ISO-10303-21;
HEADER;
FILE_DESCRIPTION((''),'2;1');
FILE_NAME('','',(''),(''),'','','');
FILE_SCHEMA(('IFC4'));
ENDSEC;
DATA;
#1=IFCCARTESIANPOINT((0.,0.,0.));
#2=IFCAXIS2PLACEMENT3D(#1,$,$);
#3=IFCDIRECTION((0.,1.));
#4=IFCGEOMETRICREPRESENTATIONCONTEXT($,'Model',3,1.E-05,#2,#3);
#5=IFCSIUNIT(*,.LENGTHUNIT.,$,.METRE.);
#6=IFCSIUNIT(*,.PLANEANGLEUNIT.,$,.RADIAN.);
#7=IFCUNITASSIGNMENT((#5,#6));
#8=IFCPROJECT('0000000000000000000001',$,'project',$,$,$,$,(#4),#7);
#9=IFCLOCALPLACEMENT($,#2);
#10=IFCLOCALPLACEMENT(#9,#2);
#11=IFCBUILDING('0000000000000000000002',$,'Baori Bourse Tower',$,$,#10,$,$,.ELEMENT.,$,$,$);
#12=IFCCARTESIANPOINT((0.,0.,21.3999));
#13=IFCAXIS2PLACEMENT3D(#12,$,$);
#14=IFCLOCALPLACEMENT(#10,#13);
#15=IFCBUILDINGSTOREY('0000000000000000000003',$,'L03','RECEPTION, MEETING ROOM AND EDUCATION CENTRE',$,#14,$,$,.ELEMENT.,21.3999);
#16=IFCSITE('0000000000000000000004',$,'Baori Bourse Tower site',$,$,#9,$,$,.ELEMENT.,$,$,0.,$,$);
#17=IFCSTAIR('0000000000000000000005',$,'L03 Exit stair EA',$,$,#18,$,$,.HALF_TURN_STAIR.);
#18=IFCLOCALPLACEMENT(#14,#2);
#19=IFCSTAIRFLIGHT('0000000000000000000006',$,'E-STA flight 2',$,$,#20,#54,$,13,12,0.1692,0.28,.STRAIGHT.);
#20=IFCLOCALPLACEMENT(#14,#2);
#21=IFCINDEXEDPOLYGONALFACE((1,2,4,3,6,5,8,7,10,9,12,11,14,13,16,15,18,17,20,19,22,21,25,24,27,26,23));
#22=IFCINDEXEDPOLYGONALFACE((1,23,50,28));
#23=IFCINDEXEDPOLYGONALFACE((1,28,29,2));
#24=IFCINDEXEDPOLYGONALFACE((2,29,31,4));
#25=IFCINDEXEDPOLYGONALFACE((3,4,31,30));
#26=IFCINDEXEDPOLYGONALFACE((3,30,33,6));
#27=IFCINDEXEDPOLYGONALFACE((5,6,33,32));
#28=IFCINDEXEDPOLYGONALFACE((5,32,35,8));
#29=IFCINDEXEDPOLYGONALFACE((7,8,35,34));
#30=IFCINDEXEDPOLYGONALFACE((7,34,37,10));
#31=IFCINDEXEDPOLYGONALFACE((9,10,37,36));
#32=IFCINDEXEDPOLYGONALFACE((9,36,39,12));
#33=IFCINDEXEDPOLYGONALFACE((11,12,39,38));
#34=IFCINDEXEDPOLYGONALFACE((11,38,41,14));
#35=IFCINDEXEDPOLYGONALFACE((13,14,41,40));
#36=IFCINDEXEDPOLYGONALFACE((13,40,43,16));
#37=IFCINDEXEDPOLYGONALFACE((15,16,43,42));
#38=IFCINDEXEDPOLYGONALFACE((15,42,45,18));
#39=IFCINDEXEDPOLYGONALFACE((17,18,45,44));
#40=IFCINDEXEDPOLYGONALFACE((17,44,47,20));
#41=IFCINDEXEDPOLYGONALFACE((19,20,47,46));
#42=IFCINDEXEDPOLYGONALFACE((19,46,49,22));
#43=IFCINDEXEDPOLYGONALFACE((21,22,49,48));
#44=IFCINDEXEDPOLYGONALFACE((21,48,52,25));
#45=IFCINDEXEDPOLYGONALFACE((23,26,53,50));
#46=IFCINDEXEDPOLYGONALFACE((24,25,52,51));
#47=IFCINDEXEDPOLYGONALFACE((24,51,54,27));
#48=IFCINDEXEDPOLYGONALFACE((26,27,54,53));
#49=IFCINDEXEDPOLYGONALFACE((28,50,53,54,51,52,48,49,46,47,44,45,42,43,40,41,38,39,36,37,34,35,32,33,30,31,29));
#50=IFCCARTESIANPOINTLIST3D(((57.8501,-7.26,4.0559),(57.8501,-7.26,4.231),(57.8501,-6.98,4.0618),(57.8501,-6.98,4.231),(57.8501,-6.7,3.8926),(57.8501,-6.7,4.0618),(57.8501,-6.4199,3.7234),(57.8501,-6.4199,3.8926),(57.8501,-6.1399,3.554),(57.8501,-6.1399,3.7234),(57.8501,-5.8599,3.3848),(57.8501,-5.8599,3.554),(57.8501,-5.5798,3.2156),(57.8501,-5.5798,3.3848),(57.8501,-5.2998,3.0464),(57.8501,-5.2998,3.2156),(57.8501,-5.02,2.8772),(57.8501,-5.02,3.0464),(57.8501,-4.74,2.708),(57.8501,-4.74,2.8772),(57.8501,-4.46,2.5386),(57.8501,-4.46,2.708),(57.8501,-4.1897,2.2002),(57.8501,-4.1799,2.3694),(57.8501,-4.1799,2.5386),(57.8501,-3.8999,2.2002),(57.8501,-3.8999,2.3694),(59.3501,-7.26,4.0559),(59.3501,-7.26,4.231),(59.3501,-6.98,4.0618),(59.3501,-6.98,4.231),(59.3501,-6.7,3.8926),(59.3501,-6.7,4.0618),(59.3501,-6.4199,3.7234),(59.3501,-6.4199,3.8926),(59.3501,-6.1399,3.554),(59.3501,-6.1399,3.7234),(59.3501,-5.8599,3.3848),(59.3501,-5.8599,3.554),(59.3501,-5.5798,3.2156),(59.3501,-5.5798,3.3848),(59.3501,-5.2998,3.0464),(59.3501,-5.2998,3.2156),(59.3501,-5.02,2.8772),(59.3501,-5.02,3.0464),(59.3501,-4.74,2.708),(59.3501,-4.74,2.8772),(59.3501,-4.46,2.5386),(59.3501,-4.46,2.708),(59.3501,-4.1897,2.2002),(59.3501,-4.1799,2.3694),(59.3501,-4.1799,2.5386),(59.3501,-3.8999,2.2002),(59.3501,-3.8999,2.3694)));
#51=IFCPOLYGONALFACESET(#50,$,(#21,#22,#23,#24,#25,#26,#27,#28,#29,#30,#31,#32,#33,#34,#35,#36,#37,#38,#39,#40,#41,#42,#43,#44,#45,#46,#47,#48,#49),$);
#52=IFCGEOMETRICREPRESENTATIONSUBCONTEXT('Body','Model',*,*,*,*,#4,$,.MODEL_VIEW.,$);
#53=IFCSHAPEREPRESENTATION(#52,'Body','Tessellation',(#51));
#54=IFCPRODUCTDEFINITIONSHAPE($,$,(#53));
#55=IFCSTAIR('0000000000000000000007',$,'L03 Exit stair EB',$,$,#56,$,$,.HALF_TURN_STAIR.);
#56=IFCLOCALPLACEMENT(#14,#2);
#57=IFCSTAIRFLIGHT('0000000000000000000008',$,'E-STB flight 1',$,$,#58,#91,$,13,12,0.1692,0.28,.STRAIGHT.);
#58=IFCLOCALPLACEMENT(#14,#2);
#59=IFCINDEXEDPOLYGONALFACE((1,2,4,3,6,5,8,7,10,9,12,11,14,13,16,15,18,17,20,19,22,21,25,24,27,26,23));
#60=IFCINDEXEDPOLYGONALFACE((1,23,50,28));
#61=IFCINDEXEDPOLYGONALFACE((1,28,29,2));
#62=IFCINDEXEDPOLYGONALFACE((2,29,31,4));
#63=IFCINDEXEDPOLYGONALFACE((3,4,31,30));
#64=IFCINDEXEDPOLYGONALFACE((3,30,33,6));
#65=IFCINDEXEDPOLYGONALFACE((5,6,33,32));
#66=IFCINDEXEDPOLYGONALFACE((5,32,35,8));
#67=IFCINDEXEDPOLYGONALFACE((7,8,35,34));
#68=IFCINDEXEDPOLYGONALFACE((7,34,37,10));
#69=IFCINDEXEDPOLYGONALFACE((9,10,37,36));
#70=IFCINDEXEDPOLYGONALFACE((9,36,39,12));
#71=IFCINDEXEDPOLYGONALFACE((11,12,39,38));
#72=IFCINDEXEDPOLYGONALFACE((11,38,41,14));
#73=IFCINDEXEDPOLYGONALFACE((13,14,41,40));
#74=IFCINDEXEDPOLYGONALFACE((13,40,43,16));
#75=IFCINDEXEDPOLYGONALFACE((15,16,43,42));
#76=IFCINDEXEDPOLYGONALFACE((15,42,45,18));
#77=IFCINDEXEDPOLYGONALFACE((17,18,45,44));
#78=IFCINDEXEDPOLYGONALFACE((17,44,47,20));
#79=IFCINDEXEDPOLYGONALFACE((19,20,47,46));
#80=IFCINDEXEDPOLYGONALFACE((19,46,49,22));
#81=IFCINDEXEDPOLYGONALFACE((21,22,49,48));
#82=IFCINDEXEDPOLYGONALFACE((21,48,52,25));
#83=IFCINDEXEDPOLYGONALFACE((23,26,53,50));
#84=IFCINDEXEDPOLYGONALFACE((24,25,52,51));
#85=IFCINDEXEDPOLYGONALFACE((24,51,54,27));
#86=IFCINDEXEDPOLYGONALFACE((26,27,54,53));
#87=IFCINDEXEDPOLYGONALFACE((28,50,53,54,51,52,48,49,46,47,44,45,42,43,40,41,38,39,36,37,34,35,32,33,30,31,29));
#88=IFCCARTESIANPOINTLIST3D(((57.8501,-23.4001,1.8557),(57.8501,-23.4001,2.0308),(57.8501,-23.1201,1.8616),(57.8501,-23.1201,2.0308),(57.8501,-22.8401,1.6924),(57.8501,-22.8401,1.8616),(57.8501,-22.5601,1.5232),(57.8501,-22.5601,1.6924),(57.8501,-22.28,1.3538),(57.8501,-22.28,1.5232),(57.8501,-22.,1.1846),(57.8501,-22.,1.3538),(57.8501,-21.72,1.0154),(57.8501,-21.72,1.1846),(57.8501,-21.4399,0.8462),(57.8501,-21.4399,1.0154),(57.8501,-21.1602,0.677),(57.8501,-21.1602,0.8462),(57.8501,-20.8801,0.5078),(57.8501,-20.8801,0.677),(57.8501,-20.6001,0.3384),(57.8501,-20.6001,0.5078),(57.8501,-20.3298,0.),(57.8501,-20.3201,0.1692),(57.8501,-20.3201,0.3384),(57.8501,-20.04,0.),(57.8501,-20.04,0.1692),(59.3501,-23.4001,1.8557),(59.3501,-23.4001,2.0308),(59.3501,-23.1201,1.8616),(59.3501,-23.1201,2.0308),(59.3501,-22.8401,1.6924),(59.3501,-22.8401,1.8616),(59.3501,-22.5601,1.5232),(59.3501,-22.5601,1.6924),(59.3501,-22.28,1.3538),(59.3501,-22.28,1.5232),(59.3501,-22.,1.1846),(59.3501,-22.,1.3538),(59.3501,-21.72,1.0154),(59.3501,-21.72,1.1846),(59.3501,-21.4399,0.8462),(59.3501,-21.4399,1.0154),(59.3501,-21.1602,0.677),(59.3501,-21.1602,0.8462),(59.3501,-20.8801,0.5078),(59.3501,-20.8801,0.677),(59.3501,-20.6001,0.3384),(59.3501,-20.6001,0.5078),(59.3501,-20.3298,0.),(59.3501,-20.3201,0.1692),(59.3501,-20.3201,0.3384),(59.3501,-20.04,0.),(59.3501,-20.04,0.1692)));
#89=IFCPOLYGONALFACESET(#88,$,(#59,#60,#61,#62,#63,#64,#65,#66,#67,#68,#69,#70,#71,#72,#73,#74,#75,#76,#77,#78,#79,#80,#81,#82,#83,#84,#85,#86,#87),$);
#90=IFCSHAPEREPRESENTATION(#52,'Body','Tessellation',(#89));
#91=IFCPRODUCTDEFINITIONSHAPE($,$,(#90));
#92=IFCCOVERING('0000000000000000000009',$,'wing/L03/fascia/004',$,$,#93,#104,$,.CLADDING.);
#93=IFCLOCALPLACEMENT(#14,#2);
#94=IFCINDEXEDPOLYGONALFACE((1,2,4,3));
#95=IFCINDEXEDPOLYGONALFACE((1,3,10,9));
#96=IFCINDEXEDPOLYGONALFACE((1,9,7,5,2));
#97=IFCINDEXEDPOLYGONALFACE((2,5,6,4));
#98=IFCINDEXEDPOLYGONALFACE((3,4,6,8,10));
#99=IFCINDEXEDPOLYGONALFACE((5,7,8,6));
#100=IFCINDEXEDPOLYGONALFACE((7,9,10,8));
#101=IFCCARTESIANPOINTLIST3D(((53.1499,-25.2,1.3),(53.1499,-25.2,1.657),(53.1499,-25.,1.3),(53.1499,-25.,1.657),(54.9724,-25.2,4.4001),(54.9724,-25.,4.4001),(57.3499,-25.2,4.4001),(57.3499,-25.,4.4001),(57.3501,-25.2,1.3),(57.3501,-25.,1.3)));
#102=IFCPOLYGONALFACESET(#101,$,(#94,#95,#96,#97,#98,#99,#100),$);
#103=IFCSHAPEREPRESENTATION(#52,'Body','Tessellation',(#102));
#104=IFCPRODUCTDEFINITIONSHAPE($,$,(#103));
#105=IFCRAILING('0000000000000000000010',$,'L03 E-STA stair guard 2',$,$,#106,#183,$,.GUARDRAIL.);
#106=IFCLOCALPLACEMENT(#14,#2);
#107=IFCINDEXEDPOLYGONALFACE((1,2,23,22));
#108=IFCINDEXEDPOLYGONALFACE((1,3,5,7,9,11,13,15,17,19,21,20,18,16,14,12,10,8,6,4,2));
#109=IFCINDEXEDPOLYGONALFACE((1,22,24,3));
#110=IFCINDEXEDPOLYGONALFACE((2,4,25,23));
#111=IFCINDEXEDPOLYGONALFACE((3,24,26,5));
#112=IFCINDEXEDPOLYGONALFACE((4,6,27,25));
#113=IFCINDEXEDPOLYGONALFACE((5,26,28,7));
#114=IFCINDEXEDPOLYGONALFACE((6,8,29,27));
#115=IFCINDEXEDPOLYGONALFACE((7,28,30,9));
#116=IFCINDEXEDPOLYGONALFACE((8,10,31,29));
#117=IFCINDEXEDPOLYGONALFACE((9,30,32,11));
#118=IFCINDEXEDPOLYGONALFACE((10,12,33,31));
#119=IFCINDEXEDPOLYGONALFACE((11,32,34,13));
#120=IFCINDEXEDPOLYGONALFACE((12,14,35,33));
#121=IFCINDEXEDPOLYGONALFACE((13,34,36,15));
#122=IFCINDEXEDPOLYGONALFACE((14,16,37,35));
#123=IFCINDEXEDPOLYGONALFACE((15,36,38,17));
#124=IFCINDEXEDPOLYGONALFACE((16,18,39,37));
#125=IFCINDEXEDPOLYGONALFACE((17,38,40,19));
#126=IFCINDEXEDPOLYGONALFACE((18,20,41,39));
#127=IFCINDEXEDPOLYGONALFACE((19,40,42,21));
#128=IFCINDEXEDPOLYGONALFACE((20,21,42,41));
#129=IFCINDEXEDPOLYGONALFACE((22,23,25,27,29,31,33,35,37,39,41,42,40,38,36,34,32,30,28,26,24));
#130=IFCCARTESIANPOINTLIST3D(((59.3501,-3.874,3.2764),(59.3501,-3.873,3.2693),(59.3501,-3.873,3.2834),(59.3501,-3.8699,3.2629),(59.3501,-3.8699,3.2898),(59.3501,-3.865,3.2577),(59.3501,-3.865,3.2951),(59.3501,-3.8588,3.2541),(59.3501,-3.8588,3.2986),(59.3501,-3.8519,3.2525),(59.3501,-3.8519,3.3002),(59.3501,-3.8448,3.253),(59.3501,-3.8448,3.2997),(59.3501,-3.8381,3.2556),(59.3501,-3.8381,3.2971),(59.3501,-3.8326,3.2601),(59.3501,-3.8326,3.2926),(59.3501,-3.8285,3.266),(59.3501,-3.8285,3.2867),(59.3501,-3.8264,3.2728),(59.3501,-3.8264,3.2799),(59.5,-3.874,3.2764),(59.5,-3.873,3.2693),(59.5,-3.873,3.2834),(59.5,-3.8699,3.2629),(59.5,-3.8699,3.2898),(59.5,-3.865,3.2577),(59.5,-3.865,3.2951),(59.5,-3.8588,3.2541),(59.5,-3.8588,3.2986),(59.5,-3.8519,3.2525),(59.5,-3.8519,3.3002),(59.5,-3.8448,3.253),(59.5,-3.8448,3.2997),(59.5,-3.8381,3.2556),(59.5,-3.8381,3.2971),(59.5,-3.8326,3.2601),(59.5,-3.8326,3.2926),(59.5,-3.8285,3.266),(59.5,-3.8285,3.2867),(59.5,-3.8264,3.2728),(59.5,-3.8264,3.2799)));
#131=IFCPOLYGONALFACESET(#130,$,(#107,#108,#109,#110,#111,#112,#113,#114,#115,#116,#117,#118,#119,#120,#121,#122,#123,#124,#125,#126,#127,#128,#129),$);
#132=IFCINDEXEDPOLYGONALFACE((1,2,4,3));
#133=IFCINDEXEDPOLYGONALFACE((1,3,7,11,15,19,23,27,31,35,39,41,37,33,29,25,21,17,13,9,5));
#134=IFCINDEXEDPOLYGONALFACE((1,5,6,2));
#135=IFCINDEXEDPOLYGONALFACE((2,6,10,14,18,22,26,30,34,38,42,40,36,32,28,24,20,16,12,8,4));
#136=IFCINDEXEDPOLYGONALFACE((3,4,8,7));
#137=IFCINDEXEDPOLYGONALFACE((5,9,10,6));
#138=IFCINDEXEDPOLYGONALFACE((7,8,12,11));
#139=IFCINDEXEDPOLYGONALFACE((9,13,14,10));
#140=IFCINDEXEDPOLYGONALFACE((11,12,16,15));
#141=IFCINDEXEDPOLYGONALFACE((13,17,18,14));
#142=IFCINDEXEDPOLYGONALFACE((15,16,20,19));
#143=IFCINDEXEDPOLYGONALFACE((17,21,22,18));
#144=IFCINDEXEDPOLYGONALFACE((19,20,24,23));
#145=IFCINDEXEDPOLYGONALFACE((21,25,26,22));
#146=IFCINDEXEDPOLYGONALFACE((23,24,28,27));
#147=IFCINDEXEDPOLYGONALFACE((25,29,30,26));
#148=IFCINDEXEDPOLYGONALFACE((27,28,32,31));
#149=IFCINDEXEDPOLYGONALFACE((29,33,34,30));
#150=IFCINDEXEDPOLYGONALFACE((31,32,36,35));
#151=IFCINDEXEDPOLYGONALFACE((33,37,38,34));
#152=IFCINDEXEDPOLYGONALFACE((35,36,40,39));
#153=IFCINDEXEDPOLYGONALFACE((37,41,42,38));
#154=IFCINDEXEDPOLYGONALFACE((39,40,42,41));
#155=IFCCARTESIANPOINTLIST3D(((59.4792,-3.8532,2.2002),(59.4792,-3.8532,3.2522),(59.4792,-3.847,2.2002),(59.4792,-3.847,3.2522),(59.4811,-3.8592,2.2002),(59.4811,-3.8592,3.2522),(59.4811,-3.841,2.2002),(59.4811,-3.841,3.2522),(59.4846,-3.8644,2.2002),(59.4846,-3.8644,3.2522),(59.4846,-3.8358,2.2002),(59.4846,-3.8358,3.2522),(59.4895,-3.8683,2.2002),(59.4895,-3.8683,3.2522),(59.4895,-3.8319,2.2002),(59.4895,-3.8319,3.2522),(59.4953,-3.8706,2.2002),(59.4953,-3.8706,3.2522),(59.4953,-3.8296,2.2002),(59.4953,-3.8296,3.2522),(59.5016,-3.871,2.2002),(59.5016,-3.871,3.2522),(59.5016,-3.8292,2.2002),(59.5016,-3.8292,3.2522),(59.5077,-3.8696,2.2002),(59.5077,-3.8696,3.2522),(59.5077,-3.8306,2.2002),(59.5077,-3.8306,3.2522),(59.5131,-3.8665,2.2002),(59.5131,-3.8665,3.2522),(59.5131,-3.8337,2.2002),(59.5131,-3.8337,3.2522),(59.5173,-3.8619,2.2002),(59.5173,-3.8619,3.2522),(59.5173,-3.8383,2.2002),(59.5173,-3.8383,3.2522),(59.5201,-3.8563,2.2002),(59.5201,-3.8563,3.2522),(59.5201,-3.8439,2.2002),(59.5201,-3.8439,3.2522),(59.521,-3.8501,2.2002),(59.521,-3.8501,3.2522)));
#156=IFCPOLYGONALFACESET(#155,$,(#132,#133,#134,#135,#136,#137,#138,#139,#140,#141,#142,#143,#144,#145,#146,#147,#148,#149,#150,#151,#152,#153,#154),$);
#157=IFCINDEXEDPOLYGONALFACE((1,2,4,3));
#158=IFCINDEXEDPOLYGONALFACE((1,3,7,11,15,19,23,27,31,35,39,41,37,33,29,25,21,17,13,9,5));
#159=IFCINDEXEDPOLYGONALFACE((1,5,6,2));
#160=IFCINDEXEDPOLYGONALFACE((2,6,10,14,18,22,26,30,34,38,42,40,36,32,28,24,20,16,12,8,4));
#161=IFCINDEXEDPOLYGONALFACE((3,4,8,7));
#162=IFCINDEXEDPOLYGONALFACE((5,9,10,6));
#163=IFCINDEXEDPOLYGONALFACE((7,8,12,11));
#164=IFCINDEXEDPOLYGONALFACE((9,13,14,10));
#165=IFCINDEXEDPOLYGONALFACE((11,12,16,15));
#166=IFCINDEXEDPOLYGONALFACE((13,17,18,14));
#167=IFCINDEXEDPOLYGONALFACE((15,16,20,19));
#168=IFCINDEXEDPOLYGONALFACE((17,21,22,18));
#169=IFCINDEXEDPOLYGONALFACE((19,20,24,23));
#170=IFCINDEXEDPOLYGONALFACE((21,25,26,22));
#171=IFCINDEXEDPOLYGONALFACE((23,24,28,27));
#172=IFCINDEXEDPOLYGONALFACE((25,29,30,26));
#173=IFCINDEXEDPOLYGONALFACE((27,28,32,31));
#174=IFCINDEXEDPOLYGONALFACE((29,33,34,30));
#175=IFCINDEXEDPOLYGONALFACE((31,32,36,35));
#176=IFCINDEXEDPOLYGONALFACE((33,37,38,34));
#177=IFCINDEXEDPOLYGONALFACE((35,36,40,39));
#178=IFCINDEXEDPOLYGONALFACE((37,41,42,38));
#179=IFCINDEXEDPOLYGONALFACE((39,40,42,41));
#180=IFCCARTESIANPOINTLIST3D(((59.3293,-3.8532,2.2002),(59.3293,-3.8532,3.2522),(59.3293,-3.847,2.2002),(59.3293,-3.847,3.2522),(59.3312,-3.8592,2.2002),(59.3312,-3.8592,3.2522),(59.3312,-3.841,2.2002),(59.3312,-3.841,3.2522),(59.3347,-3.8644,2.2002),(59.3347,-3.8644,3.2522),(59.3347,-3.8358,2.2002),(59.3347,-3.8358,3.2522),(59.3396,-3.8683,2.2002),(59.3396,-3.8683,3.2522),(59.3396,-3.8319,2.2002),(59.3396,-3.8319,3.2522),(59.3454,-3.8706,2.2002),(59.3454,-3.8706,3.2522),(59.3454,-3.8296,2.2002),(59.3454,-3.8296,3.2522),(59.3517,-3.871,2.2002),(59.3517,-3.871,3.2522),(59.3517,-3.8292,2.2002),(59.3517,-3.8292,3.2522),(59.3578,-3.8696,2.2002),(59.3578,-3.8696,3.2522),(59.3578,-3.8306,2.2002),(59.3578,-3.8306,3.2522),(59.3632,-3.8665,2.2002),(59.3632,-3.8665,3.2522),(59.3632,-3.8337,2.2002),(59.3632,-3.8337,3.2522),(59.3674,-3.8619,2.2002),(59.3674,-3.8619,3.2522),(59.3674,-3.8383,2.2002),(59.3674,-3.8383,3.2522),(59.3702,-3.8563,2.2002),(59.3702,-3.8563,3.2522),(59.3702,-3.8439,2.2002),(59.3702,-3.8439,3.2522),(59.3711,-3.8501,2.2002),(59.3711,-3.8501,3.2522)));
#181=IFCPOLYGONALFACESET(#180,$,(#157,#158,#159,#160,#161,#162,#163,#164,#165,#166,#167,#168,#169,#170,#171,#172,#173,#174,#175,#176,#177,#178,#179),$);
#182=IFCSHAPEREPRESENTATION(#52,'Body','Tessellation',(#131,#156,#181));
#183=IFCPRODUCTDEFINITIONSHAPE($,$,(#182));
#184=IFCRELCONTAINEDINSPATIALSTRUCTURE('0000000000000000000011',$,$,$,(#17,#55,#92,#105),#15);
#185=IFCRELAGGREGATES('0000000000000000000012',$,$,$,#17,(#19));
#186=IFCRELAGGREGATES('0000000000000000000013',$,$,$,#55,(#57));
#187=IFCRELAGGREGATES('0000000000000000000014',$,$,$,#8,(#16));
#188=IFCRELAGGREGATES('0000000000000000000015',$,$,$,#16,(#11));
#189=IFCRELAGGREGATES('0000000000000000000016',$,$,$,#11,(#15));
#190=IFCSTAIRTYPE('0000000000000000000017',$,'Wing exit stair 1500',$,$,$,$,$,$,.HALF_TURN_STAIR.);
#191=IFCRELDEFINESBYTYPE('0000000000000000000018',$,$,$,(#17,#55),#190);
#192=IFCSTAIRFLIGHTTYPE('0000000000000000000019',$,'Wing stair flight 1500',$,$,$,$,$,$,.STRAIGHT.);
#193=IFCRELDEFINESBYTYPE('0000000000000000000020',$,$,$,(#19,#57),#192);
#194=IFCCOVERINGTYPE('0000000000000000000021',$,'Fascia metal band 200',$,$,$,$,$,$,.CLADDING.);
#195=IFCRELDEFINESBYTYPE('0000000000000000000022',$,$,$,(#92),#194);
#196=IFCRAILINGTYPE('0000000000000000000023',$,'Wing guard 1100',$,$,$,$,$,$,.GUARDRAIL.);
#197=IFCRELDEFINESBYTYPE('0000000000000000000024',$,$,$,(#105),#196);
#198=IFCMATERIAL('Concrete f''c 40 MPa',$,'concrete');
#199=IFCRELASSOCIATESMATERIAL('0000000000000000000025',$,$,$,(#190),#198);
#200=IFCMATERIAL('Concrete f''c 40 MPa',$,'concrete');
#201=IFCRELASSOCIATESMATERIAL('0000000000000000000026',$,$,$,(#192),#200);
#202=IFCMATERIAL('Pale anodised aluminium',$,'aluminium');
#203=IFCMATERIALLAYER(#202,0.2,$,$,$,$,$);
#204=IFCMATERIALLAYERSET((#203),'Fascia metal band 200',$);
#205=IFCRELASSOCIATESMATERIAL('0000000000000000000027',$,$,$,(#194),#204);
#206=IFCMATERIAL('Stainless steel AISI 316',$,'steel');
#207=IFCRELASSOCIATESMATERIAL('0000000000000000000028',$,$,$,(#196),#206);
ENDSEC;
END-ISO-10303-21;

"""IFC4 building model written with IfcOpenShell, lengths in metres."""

from ifc_helpers import new_model, si_unit, direction, frame, origin, origin_2d, place, context, subcontext, project, spatial, polyline, circle, outline, extrude, material, layer, layer_set, type_object, element, aggregate, save


model = new_model("IFC4")

# Units and contexts
model_context = context("Model", 3, precision=1e-05, world=origin(), true_north=direction((0.0, 1.0)))
body_context = subcontext(model_context, "Body", "Model", "MODEL_VIEW")
ifc_project = project(units=[si_unit("LENGTHUNIT", "METRE"), si_unit("PLANEANGLEUNIT", "RADIAN")], contexts=[model_context])

# Site, building, storey
site_placement = place(None, origin())
site = spatial("IfcSite", under=ifc_project, at=site_placement, Name="Baori Bourse Tower site", CompositionType="ELEMENT", RefElevation=0.0)
building_placement = place(site_placement, origin())
building = spatial("IfcBuilding", under=site, at=building_placement, Name="Baori Bourse Tower", CompositionType="ELEMENT")
storey_placement = place(building_placement, frame((0.0, 0.0, 21.3999)))
storey = spatial("IfcBuildingStorey", under=building, at=storey_placement, Name="L03", Description="RECEPTION, MEETING ROOM AND EDUCATION CENTRE", CompositionType="ELEMENT", Elevation=21.3999)

# Stairs, stair flights
ifc_material_1 = material(Name="Concrete f'c 40 MPa", Category="concrete")
stair_type = type_object("IfcStairType", Name="Wing exit stair 1500", PredefinedType="HALF_TURN_STAIR", material=ifc_material_1)
stair_1_placement = place(storey_placement, origin())
stair_1 = element("IfcStair", 1, at=stair_1_placement, inside=storey, type_object=stair_type, Name="L03 Exit stair EA", PredefinedType="HALF_TURN_STAIR")
ifc_material_2 = material(Name="Concrete f'c 40 MPa", Category="concrete")
stair_flight_type = type_object("IfcStairFlightType", Name="Wing stair flight 1500", PredefinedType="STRAIGHT", material=ifc_material_2)
stair_flight_1_placement = place(storey_placement, frame((58.6001, -3.8999, 2.2002), z_axis=(0.0, 0.0, 1.0), x_axis=(0.0, -1.0, 0.0)))
stair_flight_1 = element("IfcStairFlight", 2, at=stair_flight_1_placement, type_object=stair_flight_type, Name="E-STA flight 2", NumberOfRisers=13, NumberOfTreads=12, PredefinedType="STRAIGHT", RiserHeight=0.1692, TreadLength=0.28, context=body_context, shape_type="SweptSolid", body=[
    extrude(outline(polyline([(0.0, 0.0), (0.0, 0.1692), (0.28, 0.1692), (0.28, 0.3384), (0.5601, 0.3384), (0.5601, 0.5078), (0.8401, 0.5078), (0.8401, 0.677), (1.1201, 0.677), (1.1201, 0.8462), (1.3999, 0.8462), (1.3999, 1.0154), (1.6799, 1.0154), (1.6799, 1.1846), (1.96, 1.1846), (1.96, 1.3538), (2.24, 1.3538), (2.24, 1.5232), (2.52, 1.5232), (2.52, 1.6924), (2.8, 1.6924), (2.8, 1.8616), (3.0801, 1.8616), (3.0801, 2.0308), (3.3601, 2.0308), (3.3601, 2.2), (3.3601, 1.8557), (0.2898, 0.0), (0.0, 0.0)])), frame((0.0, 0.75, 0.0), z_axis=(0.0, -1.0, 0.0), x_axis=(1.0, 0.0, 0.0)), (0.0, 0.0, 1.0), 1.5),
])
aggregate(stair_1, [stair_flight_1])
stair_2_placement = place(storey_placement, origin())
stair_2 = element("IfcStair", 3, at=stair_2_placement, inside=storey, type_object=stair_type, Name="L03 Exit stair EB", PredefinedType="HALF_TURN_STAIR")
stair_flight_2_placement = place(storey_placement, frame((58.6001, -20.04, 0.0), z_axis=(0.0, 0.0, 1.0), x_axis=(0.0, -1.0, 0.0)))
stair_flight_2 = element("IfcStairFlight", 4, at=stair_flight_2_placement, type_object=stair_flight_type, Name="E-STB flight 1", NumberOfRisers=13, NumberOfTreads=12, PredefinedType="STRAIGHT", RiserHeight=0.1692, TreadLength=0.28, context=body_context, shape_type="SweptSolid", body=[
    extrude(outline(polyline([(0.0, 0.0), (0.0, 0.1692), (0.28, 0.1692), (0.28, 0.3384), (0.5601, 0.3384), (0.5601, 0.5078), (0.8401, 0.5078), (0.8401, 0.677), (1.1201, 0.677), (1.1201, 0.8462), (1.3999, 0.8462), (1.3999, 1.0154), (1.6799, 1.0154), (1.6799, 1.1846), (1.96, 1.1846), (1.96, 1.3538), (2.24, 1.3538), (2.24, 1.5232), (2.52, 1.5232), (2.52, 1.6924), (2.8, 1.6924), (2.8, 1.8616), (3.0801, 1.8616), (3.0801, 2.0308), (3.3601, 2.0308), (3.3601, 2.2), (3.3601, 1.8557), (0.2898, 0.0), (0.0, 0.0)])), frame((0.0, 0.75, 0.0), z_axis=(0.0, -1.0, 0.0), x_axis=(1.0, 0.0, 0.0)), (0.0, 0.0, 1.0), 1.5),
])
aggregate(stair_2, [stair_flight_2])

# Covering
ifc_material_3 = material(Name="Pale anodised aluminium", Category="aluminium")
ifc_layer_1 = layer(ifc_material_3, 0.2)
ifc_layer_set_1 = layer_set([ifc_layer_1], Name="Fascia metal band 200")
covering_type = type_object("IfcCoveringType", Name="Fascia metal band 200", PredefinedType="CLADDING", material=ifc_layer_set_1)
covering_placement = place(storey_placement, frame((53.1499, -25.1001, 1.3), z_axis=(0.0, 0.0, 1.0), x_axis=(1.0, 0.0, 0.0)))
element("IfcCovering", 5, at=covering_placement, inside=storey, type_object=covering_type, Name="wing/L03/fascia/004", PredefinedType="CLADDING", context=body_context, shape_type="SweptSolid", body=[
    extrude(outline(polyline([(0.0, 0.0), (4.2002, 0.0), (4.2, 3.1001), (1.8225, 3.1001), (0.0, 0.3569), (0.0, 0.0)])), frame((0.0, 0.1001, 0.0), z_axis=(0.0, -1.0, 0.0), x_axis=(1.0, 0.0, 0.0)), (0.0, 0.0, 1.0), 0.2),
])

# Railing
ifc_material_4 = material(Name="Stainless steel AISI 316", Category="steel")
railing_type_1 = type_object("IfcRailingType", Name="Wing guard 1100", PredefinedType="GUARDRAIL", material=ifc_material_4)
railing_1_placement = place(storey_placement, frame((59.5, -3.8501, 2.2002)))
element("IfcRailing", 6, at=railing_1_placement, inside=storey, type_object=railing_type_1, Name="L03 E-STA stair guard 2", PredefinedType="GUARDRAIL", context=body_context, shape_type="SweptSolid", body=[
    extrude(circle(Radius=0.0239, at=origin_2d()), frame((0.0, 0.0, 1.0762), z_axis=(-1.0, 0.0, 0.0), x_axis=(0.0, -1.0, 0.0)), (0.0, 0.0, 1.0), 0.1499),
    extrude(circle(Radius=0.021, at=origin_2d()), origin(), (0.0, 0.0, 1.0), 1.052),
    extrude(circle(Radius=0.021, at=origin_2d()), frame((-0.1499, 0.0, 0.0)), (0.0, 0.0, 1.0), 1.052),
])

save(model, "model.ifc")
